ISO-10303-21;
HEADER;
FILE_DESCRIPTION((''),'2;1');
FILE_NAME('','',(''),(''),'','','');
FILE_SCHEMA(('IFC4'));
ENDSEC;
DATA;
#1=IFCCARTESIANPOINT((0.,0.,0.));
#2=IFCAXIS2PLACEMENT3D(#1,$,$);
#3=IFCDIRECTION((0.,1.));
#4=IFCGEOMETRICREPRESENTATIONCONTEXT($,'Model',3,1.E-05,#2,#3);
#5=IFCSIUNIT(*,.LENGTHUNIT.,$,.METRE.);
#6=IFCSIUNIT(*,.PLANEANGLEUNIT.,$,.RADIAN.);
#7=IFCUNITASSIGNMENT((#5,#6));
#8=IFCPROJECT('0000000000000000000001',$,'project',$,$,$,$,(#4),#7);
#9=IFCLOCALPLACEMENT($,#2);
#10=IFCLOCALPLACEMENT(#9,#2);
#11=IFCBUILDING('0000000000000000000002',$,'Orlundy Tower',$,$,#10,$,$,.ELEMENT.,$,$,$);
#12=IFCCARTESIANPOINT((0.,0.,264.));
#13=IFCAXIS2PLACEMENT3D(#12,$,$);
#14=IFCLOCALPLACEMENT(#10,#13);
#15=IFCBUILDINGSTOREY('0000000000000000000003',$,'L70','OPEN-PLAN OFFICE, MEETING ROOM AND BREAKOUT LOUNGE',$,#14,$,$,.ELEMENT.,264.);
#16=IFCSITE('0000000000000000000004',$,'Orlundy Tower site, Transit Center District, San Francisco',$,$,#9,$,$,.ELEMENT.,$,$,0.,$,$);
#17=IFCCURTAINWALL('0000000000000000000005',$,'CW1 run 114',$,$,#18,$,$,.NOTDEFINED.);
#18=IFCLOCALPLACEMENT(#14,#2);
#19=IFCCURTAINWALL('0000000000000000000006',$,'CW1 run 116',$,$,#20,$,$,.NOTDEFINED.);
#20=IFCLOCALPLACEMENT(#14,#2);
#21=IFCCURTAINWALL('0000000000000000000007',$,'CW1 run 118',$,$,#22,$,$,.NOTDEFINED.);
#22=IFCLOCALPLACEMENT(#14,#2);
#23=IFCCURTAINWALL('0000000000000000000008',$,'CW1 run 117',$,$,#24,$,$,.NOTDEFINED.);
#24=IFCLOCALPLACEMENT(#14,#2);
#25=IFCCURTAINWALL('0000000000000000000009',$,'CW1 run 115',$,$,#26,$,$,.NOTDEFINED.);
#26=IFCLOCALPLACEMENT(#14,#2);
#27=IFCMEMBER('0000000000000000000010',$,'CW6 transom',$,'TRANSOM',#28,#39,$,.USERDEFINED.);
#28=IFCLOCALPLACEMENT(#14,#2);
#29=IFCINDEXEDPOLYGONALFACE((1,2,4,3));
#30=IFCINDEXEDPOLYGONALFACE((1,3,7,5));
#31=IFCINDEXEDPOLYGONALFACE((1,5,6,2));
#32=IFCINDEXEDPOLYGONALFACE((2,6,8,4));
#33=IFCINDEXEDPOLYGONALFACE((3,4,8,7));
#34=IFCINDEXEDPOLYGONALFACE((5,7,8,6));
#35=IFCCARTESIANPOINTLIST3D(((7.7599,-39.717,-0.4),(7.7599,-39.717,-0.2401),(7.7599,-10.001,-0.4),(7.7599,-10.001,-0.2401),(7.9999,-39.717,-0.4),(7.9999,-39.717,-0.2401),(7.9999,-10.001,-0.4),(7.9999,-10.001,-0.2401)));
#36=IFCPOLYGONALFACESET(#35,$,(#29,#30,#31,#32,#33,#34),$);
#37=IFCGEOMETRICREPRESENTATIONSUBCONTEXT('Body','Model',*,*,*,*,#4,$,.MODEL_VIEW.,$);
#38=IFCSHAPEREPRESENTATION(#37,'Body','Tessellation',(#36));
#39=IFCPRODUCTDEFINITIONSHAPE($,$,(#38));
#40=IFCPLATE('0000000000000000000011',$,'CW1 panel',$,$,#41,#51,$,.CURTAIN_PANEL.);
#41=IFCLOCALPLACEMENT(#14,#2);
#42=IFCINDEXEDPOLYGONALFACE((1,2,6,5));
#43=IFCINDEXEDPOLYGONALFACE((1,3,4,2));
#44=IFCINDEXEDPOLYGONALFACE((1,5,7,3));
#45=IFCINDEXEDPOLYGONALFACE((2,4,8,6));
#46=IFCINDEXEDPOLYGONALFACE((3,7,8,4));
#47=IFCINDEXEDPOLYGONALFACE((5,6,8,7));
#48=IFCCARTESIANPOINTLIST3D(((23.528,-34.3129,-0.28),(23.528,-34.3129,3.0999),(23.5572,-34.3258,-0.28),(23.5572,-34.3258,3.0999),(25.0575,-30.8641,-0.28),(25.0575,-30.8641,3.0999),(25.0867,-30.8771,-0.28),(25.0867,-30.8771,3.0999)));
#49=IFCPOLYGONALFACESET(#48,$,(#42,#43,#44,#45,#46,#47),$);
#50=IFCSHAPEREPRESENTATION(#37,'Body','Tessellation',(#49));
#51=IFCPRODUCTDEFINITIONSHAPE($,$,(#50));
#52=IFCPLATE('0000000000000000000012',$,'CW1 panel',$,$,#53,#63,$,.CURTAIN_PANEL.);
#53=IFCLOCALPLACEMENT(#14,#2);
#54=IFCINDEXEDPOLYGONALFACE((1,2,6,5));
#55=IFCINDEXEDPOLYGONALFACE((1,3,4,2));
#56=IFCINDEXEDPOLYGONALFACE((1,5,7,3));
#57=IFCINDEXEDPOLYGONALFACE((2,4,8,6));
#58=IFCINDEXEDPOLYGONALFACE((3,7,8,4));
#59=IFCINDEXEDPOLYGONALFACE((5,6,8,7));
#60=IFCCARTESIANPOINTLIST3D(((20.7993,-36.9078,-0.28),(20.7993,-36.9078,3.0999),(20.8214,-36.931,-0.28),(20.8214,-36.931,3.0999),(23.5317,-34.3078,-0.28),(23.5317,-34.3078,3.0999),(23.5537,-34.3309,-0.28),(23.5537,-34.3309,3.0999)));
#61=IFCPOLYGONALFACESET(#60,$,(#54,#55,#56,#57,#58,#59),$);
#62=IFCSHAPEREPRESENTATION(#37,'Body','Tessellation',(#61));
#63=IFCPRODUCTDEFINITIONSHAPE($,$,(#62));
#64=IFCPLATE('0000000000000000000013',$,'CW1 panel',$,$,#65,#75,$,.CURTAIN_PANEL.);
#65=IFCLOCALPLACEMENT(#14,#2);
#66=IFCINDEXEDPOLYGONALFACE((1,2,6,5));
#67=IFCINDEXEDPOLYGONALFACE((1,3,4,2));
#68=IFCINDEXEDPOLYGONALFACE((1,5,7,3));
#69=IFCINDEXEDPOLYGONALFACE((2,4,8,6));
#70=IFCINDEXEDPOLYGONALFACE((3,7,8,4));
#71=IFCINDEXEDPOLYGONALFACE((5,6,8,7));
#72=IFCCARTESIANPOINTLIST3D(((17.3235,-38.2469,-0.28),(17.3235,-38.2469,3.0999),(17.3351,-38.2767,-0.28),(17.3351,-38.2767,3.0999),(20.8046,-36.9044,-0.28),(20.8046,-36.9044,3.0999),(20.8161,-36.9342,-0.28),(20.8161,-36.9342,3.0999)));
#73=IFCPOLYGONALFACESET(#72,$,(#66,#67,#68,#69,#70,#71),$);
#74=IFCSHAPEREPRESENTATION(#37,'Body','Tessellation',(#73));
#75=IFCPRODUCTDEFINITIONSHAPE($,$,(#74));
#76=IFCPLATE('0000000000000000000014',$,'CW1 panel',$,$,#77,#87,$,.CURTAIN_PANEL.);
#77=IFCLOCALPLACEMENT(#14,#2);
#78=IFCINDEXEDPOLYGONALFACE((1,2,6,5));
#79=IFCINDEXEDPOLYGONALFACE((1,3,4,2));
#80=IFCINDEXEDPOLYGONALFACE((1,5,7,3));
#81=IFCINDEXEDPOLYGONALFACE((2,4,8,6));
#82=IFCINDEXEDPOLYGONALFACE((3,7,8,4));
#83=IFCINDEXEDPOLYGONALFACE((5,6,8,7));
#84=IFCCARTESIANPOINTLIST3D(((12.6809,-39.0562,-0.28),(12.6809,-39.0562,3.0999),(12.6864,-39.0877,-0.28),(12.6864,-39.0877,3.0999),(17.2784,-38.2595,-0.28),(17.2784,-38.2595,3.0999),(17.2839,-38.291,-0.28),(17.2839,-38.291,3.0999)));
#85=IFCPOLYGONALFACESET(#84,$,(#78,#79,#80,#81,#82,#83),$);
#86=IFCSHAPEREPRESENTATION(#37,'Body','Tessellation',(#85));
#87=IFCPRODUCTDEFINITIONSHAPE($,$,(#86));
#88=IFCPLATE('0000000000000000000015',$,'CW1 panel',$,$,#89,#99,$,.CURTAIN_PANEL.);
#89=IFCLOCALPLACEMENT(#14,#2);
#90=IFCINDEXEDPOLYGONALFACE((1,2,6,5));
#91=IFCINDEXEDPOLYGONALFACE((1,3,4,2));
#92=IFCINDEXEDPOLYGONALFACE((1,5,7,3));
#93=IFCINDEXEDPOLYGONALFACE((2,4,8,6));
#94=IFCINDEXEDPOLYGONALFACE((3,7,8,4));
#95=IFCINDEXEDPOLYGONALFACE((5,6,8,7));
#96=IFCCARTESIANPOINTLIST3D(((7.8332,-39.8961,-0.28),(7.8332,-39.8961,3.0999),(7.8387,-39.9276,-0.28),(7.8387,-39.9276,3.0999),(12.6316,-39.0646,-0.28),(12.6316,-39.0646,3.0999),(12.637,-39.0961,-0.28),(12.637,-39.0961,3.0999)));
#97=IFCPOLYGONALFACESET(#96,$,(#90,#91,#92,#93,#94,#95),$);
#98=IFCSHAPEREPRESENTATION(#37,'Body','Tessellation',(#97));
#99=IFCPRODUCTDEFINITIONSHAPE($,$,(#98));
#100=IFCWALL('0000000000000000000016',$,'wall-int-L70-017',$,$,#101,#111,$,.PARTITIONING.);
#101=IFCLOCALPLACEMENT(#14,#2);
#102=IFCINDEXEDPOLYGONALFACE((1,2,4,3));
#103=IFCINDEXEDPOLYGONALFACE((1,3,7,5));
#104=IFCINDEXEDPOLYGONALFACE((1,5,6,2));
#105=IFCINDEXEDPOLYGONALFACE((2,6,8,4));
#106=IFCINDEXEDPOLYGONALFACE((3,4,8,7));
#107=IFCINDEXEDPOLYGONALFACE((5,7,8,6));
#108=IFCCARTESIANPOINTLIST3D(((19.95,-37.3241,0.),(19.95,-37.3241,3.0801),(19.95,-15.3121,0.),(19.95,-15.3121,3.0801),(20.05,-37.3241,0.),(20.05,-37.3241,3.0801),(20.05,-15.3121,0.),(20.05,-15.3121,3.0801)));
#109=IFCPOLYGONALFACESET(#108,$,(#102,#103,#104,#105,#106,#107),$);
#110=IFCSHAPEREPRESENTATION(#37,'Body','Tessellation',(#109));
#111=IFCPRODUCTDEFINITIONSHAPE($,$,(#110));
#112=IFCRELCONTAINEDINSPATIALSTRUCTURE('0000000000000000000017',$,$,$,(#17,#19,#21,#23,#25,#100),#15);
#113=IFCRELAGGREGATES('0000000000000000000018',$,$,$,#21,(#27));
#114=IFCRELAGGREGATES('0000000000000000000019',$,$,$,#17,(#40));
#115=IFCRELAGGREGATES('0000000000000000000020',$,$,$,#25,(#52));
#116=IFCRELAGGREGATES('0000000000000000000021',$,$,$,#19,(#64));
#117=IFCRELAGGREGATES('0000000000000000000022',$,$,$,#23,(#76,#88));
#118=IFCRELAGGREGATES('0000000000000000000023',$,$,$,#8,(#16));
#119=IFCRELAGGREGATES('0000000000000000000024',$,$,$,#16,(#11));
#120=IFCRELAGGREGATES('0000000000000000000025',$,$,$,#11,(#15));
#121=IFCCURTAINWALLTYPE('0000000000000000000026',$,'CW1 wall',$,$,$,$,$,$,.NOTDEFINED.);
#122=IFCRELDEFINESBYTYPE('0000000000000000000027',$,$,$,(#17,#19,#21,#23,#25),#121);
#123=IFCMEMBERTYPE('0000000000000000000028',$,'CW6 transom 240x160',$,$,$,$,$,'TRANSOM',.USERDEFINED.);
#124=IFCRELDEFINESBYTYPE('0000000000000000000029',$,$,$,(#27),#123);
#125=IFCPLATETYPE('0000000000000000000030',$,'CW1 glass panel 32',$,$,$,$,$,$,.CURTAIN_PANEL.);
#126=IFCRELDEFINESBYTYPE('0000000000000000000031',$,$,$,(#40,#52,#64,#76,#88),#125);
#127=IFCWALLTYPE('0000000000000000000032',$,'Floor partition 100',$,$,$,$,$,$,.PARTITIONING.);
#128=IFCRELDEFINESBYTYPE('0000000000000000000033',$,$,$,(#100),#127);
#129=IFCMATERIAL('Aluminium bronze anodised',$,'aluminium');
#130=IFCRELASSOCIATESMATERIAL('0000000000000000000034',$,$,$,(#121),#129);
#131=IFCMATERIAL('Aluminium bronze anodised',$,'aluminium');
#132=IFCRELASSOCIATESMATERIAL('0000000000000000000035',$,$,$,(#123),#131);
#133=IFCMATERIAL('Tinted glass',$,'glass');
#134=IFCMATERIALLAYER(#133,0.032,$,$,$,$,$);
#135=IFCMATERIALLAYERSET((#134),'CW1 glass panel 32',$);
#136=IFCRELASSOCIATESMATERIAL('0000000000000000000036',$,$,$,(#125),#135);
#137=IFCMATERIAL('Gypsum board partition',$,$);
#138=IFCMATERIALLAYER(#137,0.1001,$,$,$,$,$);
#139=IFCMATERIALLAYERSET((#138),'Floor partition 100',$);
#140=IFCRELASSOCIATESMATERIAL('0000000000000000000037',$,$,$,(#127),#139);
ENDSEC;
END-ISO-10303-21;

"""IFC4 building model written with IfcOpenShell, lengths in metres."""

from ifc_helpers import new_model, si_unit, direction, frame, frame_2d, origin, origin_2d, place, context, subcontext, project, spatial, rectangle, extrude, material, layer, layer_set, material_profile, profile_set, type_object, element, aggregate, save


model = new_model("IFC4")

# Units and contexts
model_context = context("Model", 3, precision=1e-05, world=origin(), true_north=direction((0.0, 1.0)))
body_context = subcontext(model_context, "Body", "Model", "MODEL_VIEW")
ifc_project = project(units=[si_unit("LENGTHUNIT", "METRE"), si_unit("PLANEANGLEUNIT", "RADIAN")], contexts=[model_context])

# Site, building, storey
site_placement = place(None, origin())
site = spatial("IfcSite", under=ifc_project, at=site_placement, Name="Orlundy Tower site, Transit Center District, San Francisco", CompositionType="ELEMENT", RefElevation=0.0)
building_placement = place(site_placement, origin())
building = spatial("IfcBuilding", under=site, at=building_placement, Name="Orlundy Tower", CompositionType="ELEMENT")
storey_placement = place(building_placement, frame((0.0, 0.0, 264.0)))
storey = spatial("IfcBuildingStorey", under=building, at=storey_placement, Name="L70", Description="OPEN-PLAN OFFICE, MEETING ROOM AND BREAKOUT LOUNGE", CompositionType="ELEMENT", Elevation=264.0)

# Curtain walls
ifc_material_1 = material(Name="Aluminium bronze anodised", Category="aluminium")
curtain_wall_type = type_object("IfcCurtainWallType", Name="CW1 wall", PredefinedType="NOTDEFINED", material=ifc_material_1)
curtain_wall_1_placement = place(storey_placement, origin())
curtain_wall_1 = element("IfcCurtainWall", 1, at=curtain_wall_1_placement, inside=storey, type_object=curtain_wall_type, Name="CW1 run 114", PredefinedType="NOTDEFINED")
curtain_wall_2_placement = place(storey_placement, origin())
curtain_wall_2 = element("IfcCurtainWall", 2, at=curtain_wall_2_placement, inside=storey, type_object=curtain_wall_type, Name="CW1 run 116", PredefinedType="NOTDEFINED")
curtain_wall_3_placement = place(storey_placement, origin())
curtain_wall_3 = element("IfcCurtainWall", 3, at=curtain_wall_3_placement, inside=storey, type_object=curtain_wall_type, Name="CW1 run 118", PredefinedType="NOTDEFINED")

# Curtain wall
curtain_wall_4_placement = place(storey_placement, origin())
curtain_wall_4 = element("IfcCurtainWall", 4, at=curtain_wall_4_placement, inside=storey, type_object=curtain_wall_type, Name="CW1 run 117", PredefinedType="NOTDEFINED")

# Curtain wall
curtain_wall_5_placement = place(storey_placement, origin())
curtain_wall_5 = element("IfcCurtainWall", 5, at=curtain_wall_5_placement, inside=storey, type_object=curtain_wall_type, Name="CW1 run 115", PredefinedType="NOTDEFINED")

# Member
ifc_material_2 = material(Name="Aluminium bronze anodised", Category="aluminium")
ifc_material_profile_1 = material_profile(ifc_material_2, rectangle(XDim=0.24, YDim=0.1599, at=origin_2d()), Name="CW6 transom 240x160")
ifc_profile_set_1 = profile_set([ifc_material_profile_1], Name="Aluminium bronze anodised")
member_type_1 = type_object("IfcMemberType", Name="CW6 transom 240x160", ElementType="TRANSOM", PredefinedType="USERDEFINED", material=ifc_profile_set_1)
member_1_placement = place(storey_placement, frame((7.8799, -39.717, -0.3201), z_axis=(0.0, 1.0, 0.0), x_axis=(-1.0, 0.0, 0.0)))
member_1 = element("IfcMember", 6, at=member_1_placement, type_object=member_type_1, Name="CW6 transom", ObjectType="TRANSOM", PredefinedType="USERDEFINED", context=body_context, shape_type="SweptSolid", body=[
    extrude(rectangle(XDim=0.24, YDim=0.1599, at=origin_2d()), origin(), (0.0, 0.0, 1.0), 29.7161),
])
aggregate(curtain_wall_3, [member_1])

# Plates
ifc_material_3 = material(Name="Tinted glass", Category="glass")
ifc_layer_1 = layer(ifc_material_3, 0.032)
ifc_layer_set_1 = layer_set([ifc_layer_1], Name="CW1 glass panel 32")
plate_type = type_object("IfcPlateType", Name="CW1 glass panel 32", PredefinedType="CURTAIN_PANEL", material=ifc_layer_set_1)
plate_1_placement = place(storey_placement, frame((24.3074, -32.595, -0.28), z_axis=(0.0, 0.0, 1.0), x_axis=(-0.405413, -0.914134, 0.0)))
plate_1 = element("IfcPlate", 7, at=plate_1_placement, type_object=plate_type, Name="CW1 panel", PredefinedType="CURTAIN_PANEL", context=body_context, shape_type="SweptSolid", body=[
    extrude(rectangle(XDim=3.7727, YDim=0.032, at=origin_2d()), origin(), (0.0, 0.0, 1.0), 3.3799),
])
aggregate(curtain_wall_1, [plate_1])
plate_2_placement = place(storey_placement, frame((22.1765, -35.6194, -0.28), z_axis=(0.0, 0.0, 1.0), x_axis=(-0.724427, -0.689352, 0.0)))
plate_2 = element("IfcPlate", 8, at=plate_2_placement, type_object=plate_type, Name="CW1 panel", PredefinedType="CURTAIN_PANEL", context=body_context, shape_type="SweptSolid", body=[
    extrude(rectangle(XDim=3.7717, YDim=0.032, at=origin_2d()), origin(), (0.0, 0.0, 1.0), 3.3799),
])
aggregate(curtain_wall_5, [plate_2])
plate_3_placement = place(storey_placement, frame((19.0698, -37.5906, -0.28), z_axis=(0.0, 0.0, 1.0), x_axis=(-0.933018, -0.359828, 0.0)))
plate_3 = element("IfcPlate", 9, at=plate_3_placement, type_object=plate_type, Name="CW1 panel", PredefinedType="CURTAIN_PANEL", context=body_context, shape_type="SweptSolid", body=[
    extrude(rectangle(XDim=3.731, YDim=0.032, at=origin_2d()), origin(), (0.0, 0.0, 1.0), 3.3799),
])
aggregate(curtain_wall_2, [plate_3])
plate_4_placement = place(storey_placement, frame((14.9824, -38.6736, -0.28), z_axis=(0.0, 0.0, 1.0), x_axis=(-0.985315, -0.170744, 0.0)))
plate_4 = element("IfcPlate", 10, at=plate_4_placement, type_object=plate_type, Name="CW1 panel", PredefinedType="CURTAIN_PANEL", context=body_context, shape_type="SweptSolid", body=[
    extrude(rectangle(XDim=4.666, YDim=0.032, at=origin_2d()), origin(), (0.0, 0.0, 1.0), 3.3799),
])
plate_5_placement = place(storey_placement, frame((10.2351, -39.4961, -0.28), z_axis=(0.0, 0.0, 1.0), x_axis=(-0.985315, -0.170744, 0.0)))
plate_5 = element("IfcPlate", 11, at=plate_5_placement, type_object=plate_type, Name="CW1 panel", PredefinedType="CURTAIN_PANEL", context=body_context, shape_type="SweptSolid", body=[
    extrude(rectangle(XDim=4.8699, YDim=0.032, at=origin_2d()), origin(), (0.0, 0.0, 1.0), 3.3799),
])
aggregate(curtain_wall_4, [plate_4, plate_5])

# Wall
ifc_material_4 = material(Name="Gypsum board partition")
ifc_layer_2 = layer(ifc_material_4, 0.1001)
ifc_layer_set_2 = layer_set([ifc_layer_2], Name="Floor partition 100")
wall_type = type_object("IfcWallType", Name="Floor partition 100", PredefinedType="PARTITIONING", material=ifc_layer_set_2)
wall_placement = place(storey_placement, frame((20.0, -37.324, 0.0), z_axis=(0.0, 0.0, 1.0), x_axis=(0.0, 1.0, 0.0)))
element("IfcWall", 12, at=wall_placement, inside=storey, type_object=wall_type, Name="wall-int-L70-017", PredefinedType="PARTITIONING", context=body_context, shape_type="SweptSolid", body=[
    extrude(rectangle(XDim=22.012, YDim=0.1001, at=frame_2d((11.0059, 0.0))), origin(), (0.0, 0.0, 1.0), 3.0801),
])

save(model, "model.ifc")
